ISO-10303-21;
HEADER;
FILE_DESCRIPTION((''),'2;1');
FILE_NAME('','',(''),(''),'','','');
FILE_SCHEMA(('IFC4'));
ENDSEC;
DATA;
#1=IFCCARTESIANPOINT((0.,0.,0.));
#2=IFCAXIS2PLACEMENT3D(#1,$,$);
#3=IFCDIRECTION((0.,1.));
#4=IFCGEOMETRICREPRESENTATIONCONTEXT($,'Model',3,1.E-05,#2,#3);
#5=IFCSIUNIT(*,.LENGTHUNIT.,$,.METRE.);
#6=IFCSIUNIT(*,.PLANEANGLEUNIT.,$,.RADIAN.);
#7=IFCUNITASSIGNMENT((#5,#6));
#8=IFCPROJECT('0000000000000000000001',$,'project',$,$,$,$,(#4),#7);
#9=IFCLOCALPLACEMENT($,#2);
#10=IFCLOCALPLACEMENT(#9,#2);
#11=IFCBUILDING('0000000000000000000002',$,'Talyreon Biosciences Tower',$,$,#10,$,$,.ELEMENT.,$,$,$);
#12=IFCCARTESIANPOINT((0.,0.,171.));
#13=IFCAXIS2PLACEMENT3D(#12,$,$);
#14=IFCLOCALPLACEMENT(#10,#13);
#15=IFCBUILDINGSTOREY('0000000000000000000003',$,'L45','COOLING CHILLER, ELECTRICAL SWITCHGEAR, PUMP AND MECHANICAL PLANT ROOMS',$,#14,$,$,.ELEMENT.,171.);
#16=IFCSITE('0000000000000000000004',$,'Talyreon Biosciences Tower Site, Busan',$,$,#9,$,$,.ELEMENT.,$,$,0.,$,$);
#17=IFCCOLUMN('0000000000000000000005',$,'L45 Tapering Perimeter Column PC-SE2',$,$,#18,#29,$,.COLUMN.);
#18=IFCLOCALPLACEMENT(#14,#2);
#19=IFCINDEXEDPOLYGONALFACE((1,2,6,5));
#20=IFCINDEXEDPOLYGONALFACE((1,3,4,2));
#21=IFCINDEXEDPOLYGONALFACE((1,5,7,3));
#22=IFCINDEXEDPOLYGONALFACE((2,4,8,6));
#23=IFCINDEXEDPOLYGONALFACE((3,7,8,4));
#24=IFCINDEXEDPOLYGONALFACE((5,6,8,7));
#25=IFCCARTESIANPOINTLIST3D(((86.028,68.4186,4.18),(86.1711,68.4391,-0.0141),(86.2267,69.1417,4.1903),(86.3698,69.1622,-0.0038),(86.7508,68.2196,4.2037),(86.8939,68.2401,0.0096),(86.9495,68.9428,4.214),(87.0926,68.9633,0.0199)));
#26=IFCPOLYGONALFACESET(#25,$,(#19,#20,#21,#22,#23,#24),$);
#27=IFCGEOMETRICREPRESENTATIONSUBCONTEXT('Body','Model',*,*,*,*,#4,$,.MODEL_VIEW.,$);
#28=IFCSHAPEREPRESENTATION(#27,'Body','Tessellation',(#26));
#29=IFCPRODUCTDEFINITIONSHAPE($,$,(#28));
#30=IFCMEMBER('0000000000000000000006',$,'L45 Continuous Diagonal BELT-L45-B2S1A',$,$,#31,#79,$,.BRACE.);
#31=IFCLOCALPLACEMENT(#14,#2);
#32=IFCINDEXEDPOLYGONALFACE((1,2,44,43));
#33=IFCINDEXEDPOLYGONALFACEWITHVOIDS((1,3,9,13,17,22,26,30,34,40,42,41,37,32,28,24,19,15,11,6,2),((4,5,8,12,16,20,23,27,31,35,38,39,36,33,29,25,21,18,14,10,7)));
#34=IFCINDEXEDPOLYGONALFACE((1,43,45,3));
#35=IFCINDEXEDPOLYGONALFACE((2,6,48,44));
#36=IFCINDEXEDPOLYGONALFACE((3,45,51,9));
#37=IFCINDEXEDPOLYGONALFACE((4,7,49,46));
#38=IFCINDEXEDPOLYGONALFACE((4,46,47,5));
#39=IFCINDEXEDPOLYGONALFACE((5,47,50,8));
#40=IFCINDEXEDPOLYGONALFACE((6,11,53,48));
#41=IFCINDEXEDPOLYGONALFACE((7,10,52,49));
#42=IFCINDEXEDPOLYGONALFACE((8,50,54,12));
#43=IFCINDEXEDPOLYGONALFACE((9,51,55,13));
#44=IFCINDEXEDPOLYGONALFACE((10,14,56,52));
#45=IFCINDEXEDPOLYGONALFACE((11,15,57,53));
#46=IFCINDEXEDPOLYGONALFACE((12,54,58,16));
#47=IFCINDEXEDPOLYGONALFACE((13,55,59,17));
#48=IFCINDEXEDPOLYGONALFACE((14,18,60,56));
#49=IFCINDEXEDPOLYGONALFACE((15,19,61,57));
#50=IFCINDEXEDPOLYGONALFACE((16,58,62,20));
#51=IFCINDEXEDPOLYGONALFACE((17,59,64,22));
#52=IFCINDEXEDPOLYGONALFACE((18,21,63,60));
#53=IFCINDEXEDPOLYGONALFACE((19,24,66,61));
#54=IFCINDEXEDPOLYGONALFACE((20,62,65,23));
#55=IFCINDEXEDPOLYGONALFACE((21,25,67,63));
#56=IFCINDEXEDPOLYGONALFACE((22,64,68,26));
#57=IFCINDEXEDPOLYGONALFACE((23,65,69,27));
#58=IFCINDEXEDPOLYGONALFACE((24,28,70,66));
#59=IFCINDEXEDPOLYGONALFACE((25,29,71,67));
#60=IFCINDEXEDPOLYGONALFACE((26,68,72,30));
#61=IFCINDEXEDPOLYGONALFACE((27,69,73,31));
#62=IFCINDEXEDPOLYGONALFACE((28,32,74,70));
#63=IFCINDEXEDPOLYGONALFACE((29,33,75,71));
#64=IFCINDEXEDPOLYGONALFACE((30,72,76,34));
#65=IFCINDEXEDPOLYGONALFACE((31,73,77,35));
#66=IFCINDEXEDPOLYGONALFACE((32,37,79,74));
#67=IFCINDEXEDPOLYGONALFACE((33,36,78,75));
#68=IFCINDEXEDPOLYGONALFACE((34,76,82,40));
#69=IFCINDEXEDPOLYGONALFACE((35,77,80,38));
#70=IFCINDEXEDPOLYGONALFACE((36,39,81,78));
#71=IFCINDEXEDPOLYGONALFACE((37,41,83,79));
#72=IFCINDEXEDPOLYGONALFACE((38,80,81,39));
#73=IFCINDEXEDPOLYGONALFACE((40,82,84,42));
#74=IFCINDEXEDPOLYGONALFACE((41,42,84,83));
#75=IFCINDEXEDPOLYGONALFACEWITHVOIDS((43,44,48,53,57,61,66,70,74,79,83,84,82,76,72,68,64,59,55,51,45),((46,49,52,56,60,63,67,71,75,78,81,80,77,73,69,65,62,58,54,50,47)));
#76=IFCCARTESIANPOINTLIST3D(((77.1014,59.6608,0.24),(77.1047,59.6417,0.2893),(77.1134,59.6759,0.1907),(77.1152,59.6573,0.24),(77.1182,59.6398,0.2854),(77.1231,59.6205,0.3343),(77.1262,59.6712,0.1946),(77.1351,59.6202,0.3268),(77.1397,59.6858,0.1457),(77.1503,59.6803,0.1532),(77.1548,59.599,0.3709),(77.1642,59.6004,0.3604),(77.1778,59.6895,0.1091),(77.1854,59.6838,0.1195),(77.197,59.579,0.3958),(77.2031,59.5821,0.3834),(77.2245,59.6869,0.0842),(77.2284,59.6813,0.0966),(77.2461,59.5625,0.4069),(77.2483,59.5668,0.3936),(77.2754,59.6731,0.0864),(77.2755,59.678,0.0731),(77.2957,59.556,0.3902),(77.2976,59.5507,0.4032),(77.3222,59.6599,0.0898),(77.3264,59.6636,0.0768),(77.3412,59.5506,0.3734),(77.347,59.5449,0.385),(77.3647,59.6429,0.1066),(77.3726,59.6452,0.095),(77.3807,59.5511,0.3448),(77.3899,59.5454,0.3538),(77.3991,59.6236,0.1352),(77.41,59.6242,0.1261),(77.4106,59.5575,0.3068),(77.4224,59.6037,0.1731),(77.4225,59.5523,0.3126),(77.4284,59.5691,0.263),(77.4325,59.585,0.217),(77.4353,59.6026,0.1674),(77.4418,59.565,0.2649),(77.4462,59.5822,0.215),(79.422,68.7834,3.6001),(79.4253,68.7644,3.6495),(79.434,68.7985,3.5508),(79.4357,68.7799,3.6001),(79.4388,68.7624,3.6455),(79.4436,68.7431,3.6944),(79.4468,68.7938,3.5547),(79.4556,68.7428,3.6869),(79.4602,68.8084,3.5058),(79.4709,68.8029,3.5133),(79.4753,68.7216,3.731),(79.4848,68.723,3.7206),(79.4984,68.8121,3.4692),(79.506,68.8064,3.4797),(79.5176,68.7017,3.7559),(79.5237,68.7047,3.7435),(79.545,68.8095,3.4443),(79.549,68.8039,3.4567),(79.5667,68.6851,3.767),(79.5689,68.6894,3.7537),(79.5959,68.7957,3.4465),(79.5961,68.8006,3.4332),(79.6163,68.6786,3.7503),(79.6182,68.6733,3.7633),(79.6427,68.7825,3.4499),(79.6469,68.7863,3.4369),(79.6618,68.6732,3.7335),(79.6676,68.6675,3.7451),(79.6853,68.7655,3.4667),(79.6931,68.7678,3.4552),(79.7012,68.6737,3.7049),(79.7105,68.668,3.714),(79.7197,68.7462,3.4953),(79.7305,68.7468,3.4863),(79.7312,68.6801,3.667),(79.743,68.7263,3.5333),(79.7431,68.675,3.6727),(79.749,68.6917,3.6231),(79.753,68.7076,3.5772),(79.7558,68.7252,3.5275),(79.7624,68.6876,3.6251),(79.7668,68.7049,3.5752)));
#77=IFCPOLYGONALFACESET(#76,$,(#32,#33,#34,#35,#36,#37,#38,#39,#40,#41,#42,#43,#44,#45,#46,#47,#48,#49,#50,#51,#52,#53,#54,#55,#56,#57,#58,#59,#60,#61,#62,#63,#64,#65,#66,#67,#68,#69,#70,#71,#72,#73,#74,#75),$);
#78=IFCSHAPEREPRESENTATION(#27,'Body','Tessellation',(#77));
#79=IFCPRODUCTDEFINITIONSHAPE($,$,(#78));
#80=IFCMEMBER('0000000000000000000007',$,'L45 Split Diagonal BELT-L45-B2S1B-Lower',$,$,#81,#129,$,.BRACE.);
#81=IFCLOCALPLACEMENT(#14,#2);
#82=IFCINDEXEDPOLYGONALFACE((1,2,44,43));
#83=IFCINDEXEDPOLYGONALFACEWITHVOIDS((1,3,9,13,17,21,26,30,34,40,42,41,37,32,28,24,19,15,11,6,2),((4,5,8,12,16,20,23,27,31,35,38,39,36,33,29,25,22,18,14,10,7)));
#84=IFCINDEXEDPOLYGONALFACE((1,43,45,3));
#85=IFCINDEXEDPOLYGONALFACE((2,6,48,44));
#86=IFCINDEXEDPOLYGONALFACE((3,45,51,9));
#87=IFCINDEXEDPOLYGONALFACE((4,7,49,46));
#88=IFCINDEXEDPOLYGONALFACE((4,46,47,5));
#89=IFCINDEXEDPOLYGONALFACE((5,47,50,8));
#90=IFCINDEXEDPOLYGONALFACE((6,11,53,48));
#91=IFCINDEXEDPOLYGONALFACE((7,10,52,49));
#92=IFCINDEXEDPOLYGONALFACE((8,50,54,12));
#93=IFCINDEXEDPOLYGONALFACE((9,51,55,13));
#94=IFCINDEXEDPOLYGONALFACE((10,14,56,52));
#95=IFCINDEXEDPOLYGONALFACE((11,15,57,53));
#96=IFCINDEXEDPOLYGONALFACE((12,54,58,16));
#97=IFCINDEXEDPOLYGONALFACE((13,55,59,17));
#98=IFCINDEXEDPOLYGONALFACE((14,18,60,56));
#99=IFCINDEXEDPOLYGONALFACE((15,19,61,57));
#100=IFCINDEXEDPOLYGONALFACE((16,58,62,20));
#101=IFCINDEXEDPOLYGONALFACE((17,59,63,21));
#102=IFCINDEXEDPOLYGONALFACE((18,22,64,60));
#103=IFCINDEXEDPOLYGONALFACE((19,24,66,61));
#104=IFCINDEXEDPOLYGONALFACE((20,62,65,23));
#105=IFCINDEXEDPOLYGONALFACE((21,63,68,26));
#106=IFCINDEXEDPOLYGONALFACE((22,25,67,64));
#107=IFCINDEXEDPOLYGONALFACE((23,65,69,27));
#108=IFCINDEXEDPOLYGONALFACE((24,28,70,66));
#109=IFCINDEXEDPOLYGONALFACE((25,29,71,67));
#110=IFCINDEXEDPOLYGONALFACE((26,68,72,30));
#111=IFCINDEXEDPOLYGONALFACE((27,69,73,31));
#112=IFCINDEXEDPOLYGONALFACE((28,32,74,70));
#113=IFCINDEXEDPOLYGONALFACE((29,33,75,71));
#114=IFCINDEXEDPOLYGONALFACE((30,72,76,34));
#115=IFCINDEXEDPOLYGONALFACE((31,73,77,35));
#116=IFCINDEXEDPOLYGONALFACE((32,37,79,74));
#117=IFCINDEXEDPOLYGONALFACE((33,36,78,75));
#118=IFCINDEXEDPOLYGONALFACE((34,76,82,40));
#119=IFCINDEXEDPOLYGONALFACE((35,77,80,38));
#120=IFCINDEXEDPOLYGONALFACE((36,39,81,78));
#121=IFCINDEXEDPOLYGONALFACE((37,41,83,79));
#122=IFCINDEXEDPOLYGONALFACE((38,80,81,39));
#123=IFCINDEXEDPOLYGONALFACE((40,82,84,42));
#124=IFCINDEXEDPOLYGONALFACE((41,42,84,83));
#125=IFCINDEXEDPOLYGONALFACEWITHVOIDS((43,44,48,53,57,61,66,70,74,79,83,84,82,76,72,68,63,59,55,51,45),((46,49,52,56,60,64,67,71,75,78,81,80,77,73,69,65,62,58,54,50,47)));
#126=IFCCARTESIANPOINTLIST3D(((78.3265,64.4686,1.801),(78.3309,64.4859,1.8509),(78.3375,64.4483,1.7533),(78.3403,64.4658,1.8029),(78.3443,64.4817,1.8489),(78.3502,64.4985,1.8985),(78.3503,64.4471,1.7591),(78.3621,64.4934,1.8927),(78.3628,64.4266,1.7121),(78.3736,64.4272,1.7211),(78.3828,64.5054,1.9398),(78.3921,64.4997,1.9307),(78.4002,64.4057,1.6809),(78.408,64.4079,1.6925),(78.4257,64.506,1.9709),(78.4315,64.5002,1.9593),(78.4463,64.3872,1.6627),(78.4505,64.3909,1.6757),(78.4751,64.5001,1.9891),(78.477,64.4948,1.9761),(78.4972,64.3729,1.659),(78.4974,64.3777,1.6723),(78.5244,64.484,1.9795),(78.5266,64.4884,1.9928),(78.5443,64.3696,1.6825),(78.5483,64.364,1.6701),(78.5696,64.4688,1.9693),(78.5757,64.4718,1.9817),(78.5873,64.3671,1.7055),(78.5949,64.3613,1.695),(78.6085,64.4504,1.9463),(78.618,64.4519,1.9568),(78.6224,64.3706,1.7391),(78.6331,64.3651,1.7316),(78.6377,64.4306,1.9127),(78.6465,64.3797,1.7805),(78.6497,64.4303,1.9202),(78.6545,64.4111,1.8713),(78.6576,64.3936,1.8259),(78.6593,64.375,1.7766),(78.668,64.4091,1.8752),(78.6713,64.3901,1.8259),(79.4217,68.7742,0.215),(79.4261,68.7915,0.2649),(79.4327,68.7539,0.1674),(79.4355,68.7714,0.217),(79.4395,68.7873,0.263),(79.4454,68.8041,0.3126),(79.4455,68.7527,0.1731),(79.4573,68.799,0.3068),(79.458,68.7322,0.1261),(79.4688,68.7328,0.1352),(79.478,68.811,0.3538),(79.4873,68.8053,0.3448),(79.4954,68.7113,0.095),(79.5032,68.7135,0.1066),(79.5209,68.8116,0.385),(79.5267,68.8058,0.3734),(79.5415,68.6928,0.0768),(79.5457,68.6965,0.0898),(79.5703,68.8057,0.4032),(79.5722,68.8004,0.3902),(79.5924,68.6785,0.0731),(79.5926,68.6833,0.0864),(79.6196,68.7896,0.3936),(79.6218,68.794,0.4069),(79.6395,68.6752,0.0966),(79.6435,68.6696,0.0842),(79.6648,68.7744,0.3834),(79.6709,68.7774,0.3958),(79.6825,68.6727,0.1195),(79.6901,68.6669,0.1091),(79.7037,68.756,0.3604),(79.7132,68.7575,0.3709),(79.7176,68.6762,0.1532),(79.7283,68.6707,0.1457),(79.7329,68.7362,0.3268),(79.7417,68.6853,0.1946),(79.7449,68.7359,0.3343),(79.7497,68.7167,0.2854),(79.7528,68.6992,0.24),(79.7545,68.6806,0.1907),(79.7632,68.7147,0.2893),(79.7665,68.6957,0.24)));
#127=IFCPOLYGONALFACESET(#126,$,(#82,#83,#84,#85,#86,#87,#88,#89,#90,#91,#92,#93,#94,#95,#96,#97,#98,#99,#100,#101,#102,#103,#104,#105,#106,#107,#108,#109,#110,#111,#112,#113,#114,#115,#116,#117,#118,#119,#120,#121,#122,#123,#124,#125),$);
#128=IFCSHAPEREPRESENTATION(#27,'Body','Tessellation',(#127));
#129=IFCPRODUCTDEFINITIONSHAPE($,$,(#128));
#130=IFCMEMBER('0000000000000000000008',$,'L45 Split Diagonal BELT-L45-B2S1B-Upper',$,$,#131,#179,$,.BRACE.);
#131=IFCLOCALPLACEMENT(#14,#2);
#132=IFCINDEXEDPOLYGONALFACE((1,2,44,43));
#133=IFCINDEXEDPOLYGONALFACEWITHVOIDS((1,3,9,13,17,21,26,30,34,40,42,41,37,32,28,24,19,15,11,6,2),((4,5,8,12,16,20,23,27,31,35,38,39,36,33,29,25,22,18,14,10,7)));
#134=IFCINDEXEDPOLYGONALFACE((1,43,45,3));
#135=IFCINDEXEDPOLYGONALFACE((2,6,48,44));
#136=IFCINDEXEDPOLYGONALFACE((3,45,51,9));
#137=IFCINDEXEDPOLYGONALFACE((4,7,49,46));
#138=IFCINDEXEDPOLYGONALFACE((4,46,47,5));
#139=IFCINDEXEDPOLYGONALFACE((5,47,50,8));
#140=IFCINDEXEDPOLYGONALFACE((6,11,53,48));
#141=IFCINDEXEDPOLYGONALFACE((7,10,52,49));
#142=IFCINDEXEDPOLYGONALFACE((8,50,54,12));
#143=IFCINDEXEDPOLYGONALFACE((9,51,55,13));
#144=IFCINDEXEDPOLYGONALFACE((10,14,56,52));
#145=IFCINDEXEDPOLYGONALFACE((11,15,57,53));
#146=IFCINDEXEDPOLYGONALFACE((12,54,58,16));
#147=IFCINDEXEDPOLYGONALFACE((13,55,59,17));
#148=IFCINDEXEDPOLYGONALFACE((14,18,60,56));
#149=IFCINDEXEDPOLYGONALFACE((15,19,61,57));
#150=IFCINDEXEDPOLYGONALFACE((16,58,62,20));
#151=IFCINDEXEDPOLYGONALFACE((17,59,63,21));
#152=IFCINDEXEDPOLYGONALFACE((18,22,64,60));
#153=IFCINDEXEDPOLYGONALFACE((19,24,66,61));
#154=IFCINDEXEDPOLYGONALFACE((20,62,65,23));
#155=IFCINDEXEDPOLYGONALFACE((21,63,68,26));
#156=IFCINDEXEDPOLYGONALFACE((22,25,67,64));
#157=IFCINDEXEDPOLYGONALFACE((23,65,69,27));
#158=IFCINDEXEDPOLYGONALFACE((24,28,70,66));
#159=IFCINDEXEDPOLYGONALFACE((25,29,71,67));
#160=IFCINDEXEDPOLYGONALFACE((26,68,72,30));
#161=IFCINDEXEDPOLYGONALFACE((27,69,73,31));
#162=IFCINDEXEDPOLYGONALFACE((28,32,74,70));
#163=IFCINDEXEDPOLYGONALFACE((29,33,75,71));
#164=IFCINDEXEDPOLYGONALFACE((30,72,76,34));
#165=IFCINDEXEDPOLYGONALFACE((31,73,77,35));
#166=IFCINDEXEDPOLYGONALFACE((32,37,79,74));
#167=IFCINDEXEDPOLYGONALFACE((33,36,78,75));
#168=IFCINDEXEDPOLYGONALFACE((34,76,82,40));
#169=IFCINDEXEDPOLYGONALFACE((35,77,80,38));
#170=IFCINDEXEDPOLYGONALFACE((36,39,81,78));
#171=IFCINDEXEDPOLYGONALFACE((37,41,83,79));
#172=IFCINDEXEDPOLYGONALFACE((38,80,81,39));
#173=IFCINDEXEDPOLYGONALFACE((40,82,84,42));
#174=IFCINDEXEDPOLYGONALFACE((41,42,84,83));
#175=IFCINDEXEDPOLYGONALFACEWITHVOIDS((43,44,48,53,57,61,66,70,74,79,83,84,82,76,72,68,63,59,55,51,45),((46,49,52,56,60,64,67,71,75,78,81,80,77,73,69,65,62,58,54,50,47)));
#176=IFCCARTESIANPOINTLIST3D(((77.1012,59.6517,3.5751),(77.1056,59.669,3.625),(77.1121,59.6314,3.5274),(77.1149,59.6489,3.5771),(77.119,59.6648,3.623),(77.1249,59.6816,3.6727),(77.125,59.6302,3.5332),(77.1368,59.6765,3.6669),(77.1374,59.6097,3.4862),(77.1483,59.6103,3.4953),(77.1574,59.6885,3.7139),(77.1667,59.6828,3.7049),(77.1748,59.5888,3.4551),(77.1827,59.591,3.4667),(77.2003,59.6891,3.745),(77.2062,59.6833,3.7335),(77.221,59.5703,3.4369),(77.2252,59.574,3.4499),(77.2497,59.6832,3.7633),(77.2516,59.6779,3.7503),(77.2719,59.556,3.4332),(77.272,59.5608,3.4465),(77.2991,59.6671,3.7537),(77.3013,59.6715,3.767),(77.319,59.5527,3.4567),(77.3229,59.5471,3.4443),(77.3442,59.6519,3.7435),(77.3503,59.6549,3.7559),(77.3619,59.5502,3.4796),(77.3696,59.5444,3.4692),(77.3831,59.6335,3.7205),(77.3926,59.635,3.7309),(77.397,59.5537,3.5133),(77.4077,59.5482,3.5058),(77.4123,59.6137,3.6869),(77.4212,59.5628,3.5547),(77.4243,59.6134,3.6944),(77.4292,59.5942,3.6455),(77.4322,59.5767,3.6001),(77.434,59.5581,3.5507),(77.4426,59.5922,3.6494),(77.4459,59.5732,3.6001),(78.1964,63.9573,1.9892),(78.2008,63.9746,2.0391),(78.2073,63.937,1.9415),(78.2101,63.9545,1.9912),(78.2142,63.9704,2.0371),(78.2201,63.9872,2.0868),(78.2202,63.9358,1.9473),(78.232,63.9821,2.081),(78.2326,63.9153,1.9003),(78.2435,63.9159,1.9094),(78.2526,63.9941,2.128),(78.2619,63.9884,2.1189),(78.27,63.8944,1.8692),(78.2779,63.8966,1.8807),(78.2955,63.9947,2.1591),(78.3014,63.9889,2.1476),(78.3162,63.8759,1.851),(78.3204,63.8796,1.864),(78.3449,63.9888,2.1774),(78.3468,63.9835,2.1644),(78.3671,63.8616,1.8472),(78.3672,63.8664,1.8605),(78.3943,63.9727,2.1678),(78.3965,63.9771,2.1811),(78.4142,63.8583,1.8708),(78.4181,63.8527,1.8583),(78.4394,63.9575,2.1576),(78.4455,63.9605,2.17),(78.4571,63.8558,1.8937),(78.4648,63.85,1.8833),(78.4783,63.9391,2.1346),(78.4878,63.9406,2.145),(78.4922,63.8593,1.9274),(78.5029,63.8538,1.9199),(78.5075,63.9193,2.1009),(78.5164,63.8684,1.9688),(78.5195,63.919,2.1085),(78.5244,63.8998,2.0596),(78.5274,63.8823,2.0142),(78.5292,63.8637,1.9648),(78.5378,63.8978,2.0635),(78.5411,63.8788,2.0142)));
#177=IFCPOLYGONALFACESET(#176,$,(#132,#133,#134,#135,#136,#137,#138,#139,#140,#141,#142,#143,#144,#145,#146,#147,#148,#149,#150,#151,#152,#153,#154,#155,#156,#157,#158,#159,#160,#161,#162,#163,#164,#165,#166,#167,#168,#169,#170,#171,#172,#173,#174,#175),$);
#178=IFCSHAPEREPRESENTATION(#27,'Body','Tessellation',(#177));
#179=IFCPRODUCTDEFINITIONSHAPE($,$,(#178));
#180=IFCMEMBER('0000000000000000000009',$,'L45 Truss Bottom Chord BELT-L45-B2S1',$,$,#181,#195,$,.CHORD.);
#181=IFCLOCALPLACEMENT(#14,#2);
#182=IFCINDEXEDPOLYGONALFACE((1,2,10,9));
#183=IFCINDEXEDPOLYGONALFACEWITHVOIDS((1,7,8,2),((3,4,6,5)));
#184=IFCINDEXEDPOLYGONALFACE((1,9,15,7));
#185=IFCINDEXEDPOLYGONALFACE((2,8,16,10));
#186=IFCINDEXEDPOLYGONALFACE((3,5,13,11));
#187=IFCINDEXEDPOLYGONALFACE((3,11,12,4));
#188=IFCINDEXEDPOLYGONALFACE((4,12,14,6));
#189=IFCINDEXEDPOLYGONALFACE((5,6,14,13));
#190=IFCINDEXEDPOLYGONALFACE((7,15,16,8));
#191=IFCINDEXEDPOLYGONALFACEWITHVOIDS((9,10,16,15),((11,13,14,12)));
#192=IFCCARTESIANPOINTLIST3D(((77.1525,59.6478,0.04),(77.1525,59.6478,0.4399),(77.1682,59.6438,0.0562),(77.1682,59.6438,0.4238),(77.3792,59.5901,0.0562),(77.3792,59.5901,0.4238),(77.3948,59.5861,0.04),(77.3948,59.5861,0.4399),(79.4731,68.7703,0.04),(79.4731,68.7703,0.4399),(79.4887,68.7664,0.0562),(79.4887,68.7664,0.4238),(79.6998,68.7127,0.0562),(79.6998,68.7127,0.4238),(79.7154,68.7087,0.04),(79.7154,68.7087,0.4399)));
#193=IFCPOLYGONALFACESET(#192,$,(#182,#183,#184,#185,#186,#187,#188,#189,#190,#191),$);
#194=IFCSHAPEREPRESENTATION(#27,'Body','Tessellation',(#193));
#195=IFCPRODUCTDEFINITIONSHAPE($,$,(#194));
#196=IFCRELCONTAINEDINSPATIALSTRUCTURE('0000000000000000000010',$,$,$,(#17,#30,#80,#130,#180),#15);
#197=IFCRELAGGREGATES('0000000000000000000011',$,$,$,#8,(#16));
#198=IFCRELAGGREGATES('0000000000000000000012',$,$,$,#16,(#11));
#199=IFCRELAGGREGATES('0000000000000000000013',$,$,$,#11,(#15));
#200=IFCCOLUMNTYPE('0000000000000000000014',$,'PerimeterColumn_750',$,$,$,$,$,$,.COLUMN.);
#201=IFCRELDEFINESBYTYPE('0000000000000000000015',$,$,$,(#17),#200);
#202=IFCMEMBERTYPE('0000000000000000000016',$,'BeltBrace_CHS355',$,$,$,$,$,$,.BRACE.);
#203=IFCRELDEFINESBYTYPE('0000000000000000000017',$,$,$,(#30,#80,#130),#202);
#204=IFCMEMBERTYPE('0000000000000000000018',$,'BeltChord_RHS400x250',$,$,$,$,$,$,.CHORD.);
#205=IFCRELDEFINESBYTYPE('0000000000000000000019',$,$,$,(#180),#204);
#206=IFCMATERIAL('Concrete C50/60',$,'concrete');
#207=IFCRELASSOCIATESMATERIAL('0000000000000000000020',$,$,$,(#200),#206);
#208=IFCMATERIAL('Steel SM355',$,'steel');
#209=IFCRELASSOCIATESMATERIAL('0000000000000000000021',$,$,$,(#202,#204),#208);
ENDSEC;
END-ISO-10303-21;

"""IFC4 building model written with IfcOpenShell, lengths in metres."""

from ifc_helpers import new_model, si_unit, direction, frame, origin, origin_2d, place, context, subcontext, project, spatial, rectangle, hollow_rectangle, hollow_circle, extrude, material, material_profile, profile_set, type_object, element, save


model = new_model("IFC4")

# Units and contexts
model_context = context("Model", 3, precision=1e-05, world=origin(), true_north=direction((0.0, 1.0)))
body_context = subcontext(model_context, "Body", "Model", "MODEL_VIEW")
ifc_project = project(units=[si_unit("LENGTHUNIT", "METRE"), si_unit("PLANEANGLEUNIT", "RADIAN")], contexts=[model_context])

# Site, building, storey
site_placement = place(None, origin())
site = spatial("IfcSite", under=ifc_project, at=site_placement, Name="Talyreon Biosciences Tower Site, Busan", CompositionType="ELEMENT", RefElevation=0.0)
building_placement = place(site_placement, origin())
building = spatial("IfcBuilding", under=site, at=building_placement, Name="Talyreon Biosciences Tower", CompositionType="ELEMENT")
storey_placement = place(building_placement, frame((0.0, 0.0, 171.0)))
storey = spatial("IfcBuildingStorey", under=building, at=storey_placement, Name="L45", Description="COOLING CHILLER, ELECTRICAL SWITCHGEAR, PUMP AND MECHANICAL PLANT ROOMS", CompositionType="ELEMENT", Elevation=171.0)

# Column
ifc_material_1 = material(Name="Concrete C50/60", Category="concrete")
ifc_material_profile_1 = material_profile(ifc_material_1, rectangle(XDim=0.75, YDim=0.75, at=origin_2d()), Name="RC 750x750")
ifc_profile_set_1 = profile_set([ifc_material_profile_1], Name="Concrete C50/60")
column_type = type_object("IfcColumnType", Name="PerimeterColumn_750", PredefinedType="COLUMN", material=ifc_profile_set_1)
column_placement = place(storey_placement, frame((86.6318, 68.7012, 0.0029), z_axis=(-0.034091, -0.004887, 0.999407), x_axis=(0.963666, -0.265238, 0.031575)))
element("IfcColumn", 1, at=column_placement, inside=storey, type_object=column_type, Name="L45 Tapering Perimeter Column PC-SE2", PredefinedType="COLUMN", context=body_context, shape_type="SweptSolid", body=[
    extrude(rectangle(XDim=0.75, YDim=0.75, at=origin_2d()), origin(), (0.0, 0.0, 1.0), 4.1965),
])

# Members
ifc_material_2 = material(Name="Steel SM355", Category="steel")
ifc_material_profile_2 = material_profile(ifc_material_2, hollow_circle(Radius=0.1777, WallThickness=0.0142, at=origin_2d()), Name="CHS 355.6x14.2")
ifc_profile_set_2 = profile_set([ifc_material_profile_2], Name="Steel SM355")
member_type_1 = type_object("IfcMemberType", Name="BeltBrace_CHS355", PredefinedType="BRACE", material=ifc_profile_set_2)
member_1_placement = place(storey_placement, frame((77.2737, 59.6169, 0.24), z_axis=(0.232176, 0.912729, 0.336185), x_axis=(-0.969137, 0.246525, 0.0)))
element("IfcMember", 2, at=member_1_placement, inside=storey, type_object=member_type_1, Name="L45 Continuous Diagonal BELT-L45-B2S1A", PredefinedType="BRACE", context=body_context, shape_type="SweptSolid", body=[
    extrude(hollow_circle(Radius=0.1777, WallThickness=0.0142, at=origin_2d()), origin(), (0.0, 0.0, 1.0), 9.9949),
])
for number, where, z_axis, x_axis, name in (
    (3, (79.5942, 68.7395, 0.24), (-0.232167, -0.912728, 0.336192), (0.969139, -0.246516, 0.0), "L45 Split Diagonal BELT-L45-B2S1B-Lower"),
    (4, (78.3689, 63.9226, 2.0142), (-0.232167, -0.912728, 0.336192), (0.969139, -0.246516, 0.0), "L45 Split Diagonal BELT-L45-B2S1B-Upper"),
):
    element("IfcMember", number, at=place(storey_placement, frame(where, z_axis=z_axis, x_axis=x_axis)), inside=storey, type_object=member_type_1, Name=name, PredefinedType="BRACE", context=body_context, shape_type="SweptSolid", body=[
        extrude(hollow_circle(Radius=0.1777, WallThickness=0.0142, at=origin_2d()), origin(), (0.0, 0.0, 1.0), 4.7173),
    ])
ifc_material_profile_3 = material_profile(ifc_material_2, hollow_rectangle(XDim=0.25, YDim=0.3999, WallThickness=0.0161, at=origin_2d()), Name="RHS 400x250x16")
ifc_profile_set_3 = profile_set([ifc_material_profile_3], Name="Steel SM355")
member_type_2 = type_object("IfcMemberType", Name="BeltChord_RHS400x250", PredefinedType="CHORD", material=ifc_profile_set_3)
for number, where, z_axis, x_axis, name in (
    (5, (77.2737, 59.6169, 0.24), (0.246525, 0.969137, 0.0), (-0.969137, 0.246525, 0.0), "L45 Truss Bottom Chord BELT-L45-B2S1"),
):
    element("IfcMember", number, at=place(storey_placement, frame(where, z_axis=z_axis, x_axis=x_axis)), inside=storey, type_object=member_type_2, Name=name, PredefinedType="CHORD", context=body_context, shape_type="SweptSolid", body=[
        extrude(hollow_rectangle(XDim=0.25, YDim=0.3999, WallThickness=0.0161, at=origin_2d()), origin(), (0.0, 0.0, 1.0), 9.4131),
    ])

save(model, "model.ifc")
